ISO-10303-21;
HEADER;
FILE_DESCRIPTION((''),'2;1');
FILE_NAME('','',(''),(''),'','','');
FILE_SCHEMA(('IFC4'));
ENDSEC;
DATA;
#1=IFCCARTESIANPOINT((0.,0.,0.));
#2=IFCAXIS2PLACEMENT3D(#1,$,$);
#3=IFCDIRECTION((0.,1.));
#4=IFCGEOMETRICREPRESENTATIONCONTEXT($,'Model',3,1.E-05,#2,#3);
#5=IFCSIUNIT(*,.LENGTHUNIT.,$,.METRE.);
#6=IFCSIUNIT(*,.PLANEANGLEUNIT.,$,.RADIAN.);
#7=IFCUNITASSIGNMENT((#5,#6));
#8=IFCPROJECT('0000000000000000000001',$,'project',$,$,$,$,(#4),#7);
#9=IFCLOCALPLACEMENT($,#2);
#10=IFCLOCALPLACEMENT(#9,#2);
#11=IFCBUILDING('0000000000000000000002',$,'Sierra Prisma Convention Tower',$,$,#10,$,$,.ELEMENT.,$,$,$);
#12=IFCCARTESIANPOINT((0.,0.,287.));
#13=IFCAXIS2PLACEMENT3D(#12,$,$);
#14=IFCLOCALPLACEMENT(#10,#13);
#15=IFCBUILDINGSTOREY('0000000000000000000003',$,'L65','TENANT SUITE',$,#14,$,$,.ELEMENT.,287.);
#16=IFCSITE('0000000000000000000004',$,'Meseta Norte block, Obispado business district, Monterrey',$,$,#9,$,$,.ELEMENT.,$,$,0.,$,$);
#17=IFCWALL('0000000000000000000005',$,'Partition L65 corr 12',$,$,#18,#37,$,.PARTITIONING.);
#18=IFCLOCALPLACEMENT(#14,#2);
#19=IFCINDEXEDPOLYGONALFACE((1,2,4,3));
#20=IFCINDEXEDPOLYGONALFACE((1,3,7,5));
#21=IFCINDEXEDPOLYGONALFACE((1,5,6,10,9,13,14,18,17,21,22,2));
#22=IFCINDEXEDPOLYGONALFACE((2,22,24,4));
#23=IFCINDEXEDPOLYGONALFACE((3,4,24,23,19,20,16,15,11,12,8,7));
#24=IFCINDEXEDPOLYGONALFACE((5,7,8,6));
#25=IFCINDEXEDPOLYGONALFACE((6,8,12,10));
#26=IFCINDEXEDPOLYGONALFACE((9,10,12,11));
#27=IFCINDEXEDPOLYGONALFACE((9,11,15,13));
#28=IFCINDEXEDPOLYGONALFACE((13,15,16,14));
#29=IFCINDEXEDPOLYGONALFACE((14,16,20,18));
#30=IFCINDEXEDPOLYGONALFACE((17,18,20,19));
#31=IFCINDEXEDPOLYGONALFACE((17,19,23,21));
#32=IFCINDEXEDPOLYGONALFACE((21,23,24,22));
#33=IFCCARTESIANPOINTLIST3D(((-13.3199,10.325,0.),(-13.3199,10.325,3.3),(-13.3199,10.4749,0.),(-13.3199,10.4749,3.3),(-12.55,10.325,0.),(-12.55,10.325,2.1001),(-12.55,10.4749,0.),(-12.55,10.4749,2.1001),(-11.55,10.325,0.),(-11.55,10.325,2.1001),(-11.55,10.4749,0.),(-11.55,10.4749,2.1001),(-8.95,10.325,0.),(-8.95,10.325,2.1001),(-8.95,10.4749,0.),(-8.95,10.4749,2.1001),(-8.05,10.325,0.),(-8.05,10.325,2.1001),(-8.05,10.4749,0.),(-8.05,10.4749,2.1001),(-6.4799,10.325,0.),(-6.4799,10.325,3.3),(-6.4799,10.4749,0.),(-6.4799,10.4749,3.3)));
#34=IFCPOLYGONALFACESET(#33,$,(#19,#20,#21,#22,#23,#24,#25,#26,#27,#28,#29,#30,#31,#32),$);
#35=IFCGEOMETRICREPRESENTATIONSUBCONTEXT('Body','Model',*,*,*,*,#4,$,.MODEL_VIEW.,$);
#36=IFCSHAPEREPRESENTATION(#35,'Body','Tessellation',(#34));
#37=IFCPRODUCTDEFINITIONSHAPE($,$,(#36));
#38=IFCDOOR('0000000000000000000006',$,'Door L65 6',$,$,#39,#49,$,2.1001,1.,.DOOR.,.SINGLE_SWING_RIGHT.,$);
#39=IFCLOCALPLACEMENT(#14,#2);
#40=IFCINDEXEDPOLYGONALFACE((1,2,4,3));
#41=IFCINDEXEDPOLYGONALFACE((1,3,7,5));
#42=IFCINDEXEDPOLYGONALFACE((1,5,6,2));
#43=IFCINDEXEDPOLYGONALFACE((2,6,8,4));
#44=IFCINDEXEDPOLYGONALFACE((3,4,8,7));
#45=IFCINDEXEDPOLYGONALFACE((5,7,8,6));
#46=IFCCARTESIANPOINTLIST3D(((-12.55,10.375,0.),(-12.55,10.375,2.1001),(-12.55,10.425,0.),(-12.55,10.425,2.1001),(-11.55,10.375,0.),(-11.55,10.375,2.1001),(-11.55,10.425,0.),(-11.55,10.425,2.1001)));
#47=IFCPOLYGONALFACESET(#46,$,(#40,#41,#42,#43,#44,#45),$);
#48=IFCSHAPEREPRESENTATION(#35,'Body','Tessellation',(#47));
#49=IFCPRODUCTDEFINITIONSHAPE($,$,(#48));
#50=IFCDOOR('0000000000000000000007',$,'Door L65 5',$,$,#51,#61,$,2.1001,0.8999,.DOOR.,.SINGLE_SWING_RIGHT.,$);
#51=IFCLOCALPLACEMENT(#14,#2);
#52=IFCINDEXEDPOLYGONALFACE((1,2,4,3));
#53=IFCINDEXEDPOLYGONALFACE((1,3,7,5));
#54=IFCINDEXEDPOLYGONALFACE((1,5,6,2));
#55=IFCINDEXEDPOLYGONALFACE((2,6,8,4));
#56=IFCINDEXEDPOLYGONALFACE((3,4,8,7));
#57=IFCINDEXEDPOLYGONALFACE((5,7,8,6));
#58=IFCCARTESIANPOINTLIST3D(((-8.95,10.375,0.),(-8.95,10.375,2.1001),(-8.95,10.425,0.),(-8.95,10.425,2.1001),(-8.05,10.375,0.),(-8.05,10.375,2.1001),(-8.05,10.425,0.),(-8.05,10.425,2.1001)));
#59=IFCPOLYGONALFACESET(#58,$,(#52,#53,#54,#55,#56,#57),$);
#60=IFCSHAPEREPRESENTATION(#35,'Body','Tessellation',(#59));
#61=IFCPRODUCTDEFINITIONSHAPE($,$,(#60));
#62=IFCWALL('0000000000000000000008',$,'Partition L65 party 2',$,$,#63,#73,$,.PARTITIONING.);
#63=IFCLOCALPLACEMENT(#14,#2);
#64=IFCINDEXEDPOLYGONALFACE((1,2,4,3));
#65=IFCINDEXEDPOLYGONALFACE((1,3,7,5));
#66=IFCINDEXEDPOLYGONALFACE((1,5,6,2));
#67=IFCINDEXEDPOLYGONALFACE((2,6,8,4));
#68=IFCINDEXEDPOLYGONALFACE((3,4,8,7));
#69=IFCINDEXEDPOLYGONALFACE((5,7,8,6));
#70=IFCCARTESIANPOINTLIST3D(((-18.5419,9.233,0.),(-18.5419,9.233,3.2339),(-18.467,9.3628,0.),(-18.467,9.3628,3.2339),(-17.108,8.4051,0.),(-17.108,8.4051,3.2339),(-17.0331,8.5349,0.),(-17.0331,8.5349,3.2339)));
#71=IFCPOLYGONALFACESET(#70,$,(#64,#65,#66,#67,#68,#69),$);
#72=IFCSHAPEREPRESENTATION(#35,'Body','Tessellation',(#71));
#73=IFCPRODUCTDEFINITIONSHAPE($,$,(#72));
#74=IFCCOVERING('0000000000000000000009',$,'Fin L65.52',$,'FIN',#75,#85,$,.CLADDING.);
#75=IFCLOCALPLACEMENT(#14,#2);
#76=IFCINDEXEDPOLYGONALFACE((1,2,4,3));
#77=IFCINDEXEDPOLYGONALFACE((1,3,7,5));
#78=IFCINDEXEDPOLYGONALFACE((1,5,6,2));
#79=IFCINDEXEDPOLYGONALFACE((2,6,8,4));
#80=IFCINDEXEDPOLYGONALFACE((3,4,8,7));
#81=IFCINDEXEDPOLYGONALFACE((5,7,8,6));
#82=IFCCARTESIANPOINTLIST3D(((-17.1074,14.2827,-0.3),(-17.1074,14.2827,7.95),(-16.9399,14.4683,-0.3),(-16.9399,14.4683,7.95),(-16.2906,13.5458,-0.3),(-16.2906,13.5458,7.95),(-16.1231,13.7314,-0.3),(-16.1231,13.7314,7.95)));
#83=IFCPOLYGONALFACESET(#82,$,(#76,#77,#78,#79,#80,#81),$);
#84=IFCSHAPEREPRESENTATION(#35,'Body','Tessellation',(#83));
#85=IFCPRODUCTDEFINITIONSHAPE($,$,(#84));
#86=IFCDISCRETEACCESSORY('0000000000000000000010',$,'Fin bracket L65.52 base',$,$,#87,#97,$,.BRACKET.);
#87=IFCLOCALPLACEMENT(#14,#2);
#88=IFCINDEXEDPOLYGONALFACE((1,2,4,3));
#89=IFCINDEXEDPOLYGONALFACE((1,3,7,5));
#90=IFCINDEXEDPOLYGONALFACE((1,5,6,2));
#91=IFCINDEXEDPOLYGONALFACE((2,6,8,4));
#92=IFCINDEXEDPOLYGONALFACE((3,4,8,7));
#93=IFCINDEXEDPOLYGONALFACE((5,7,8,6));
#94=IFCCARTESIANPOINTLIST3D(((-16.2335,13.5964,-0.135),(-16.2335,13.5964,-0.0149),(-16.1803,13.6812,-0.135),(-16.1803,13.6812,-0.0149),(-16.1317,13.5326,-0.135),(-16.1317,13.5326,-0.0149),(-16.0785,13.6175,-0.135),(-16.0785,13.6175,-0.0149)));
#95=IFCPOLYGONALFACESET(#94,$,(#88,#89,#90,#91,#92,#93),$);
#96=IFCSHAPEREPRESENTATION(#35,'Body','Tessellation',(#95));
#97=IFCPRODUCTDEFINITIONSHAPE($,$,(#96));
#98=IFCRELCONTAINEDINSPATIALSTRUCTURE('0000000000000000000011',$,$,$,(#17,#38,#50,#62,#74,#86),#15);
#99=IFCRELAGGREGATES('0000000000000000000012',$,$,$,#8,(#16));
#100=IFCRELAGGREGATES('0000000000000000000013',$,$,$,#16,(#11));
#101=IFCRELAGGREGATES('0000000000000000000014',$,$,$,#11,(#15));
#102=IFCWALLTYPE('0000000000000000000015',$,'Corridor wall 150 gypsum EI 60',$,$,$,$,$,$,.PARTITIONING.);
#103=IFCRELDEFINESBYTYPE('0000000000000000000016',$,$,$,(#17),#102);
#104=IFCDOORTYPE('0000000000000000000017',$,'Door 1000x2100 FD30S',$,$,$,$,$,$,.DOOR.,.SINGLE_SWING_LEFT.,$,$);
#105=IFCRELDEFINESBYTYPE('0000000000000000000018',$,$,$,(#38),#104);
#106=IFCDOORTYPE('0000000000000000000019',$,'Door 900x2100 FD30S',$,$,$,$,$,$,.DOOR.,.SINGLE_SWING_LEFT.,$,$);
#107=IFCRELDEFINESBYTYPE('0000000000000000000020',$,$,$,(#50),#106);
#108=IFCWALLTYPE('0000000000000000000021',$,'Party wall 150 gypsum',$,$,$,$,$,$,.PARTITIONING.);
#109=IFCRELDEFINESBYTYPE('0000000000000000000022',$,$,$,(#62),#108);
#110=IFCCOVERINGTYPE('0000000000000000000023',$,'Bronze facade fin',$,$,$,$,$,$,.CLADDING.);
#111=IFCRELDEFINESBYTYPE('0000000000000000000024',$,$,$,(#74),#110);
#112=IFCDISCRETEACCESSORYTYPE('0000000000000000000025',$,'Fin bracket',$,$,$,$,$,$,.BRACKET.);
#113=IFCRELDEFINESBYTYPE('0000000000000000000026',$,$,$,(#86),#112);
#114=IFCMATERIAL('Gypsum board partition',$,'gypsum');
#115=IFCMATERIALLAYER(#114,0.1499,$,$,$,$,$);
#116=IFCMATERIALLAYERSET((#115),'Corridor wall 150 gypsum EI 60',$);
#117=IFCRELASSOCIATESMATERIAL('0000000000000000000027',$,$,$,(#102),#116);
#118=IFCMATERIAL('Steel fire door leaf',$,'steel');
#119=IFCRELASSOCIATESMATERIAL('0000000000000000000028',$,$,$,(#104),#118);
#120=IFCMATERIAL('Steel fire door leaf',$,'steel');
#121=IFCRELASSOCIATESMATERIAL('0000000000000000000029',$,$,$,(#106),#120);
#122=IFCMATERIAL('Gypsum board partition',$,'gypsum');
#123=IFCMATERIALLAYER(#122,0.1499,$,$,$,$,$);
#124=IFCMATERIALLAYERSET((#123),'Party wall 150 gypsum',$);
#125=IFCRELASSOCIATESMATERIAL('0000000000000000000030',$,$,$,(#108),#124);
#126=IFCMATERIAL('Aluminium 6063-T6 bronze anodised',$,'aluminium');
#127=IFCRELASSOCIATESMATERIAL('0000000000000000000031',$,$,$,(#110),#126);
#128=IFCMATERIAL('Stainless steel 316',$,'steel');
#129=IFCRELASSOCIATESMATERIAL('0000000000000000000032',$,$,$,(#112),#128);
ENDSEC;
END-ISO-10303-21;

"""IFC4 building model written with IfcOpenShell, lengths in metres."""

from ifc_helpers import new_model, si_unit, direction, frame, frame_2d, origin, origin_2d, place, context, subcontext, project, spatial, rectangle, extrude, material, layer, layer_set, material_profile, profile_set, type_object, element, fill, save


model = new_model("IFC4")

# Units and contexts
model_context = context("Model", 3, precision=1e-05, world=origin(), true_north=direction((0.0, 1.0)))
body_context = subcontext(model_context, "Body", "Model", "MODEL_VIEW")
ifc_project = project(units=[si_unit("LENGTHUNIT", "METRE"), si_unit("PLANEANGLEUNIT", "RADIAN")], contexts=[model_context])

# Site, building, storey
site_placement = place(None, origin())
site = spatial("IfcSite", under=ifc_project, at=site_placement, Name="Meseta Norte block, Obispado business district, Monterrey", CompositionType="ELEMENT", RefElevation=0.0)
building_placement = place(site_placement, origin())
building = spatial("IfcBuilding", under=site, at=building_placement, Name="Sierra Prisma Convention Tower", CompositionType="ELEMENT")
storey_placement = place(building_placement, frame((0.0, 0.0, 287.0)))
storey = spatial("IfcBuildingStorey", under=building, at=storey_placement, Name="L65", Description="TENANT SUITE", CompositionType="ELEMENT", Elevation=287.0)

# Shared definitions
ifc_material_1 = material(Name="Gypsum board partition", Category="gypsum")
ifc_layer_1 = layer(ifc_material_1, 0.1499)
ifc_layer_set_1 = layer_set([ifc_layer_1], Name="Corridor wall 150 gypsum EI 60")
wall_type_1 = type_object("IfcWallType", Name="Corridor wall 150 gypsum EI 60", PredefinedType="PARTITIONING", material=ifc_layer_set_1)

# Wall, openings, doors
wall_1_placement = place(storey_placement, frame((-6.48, 10.3999, 0.0), z_axis=(0.0, 0.0, 1.0), x_axis=(-1.0, 0.0, 0.0)))
wall_1 = element("IfcWall", 1, at=wall_1_placement, inside=storey, type_object=wall_type_1, Name="Partition L65 corr 12", PredefinedType="PARTITIONING", context=body_context, shape_type="SweptSolid", body=[
    extrude(rectangle(XDim=6.8401, YDim=0.1499, at=frame_2d((3.4199, 0.0))), origin(), (0.0, 0.0, 1.0), 3.3),
])
opening_1_placement = place(wall_1_placement, frame((1.5701, 0.0, 0.0)))
opening_1 = element("IfcOpeningElement", 2, at=opening_1_placement, cuts=wall_1, PredefinedType="OPENING", context=body_context, shape_type="SweptSolid", body=[
    extrude(rectangle(XDim=0.8999, YDim=2.1001, at=frame_2d((0.45, 1.05))), frame((0.0, 0.075, 0.0), z_axis=(0.0, -1.0, 0.0), x_axis=(1.0, 0.0, 0.0)), (0.0, 0.0, 1.0), 0.1499),
])
opening_2_placement = place(wall_1_placement, frame((5.0701, 0.0, 0.0)))
opening_2 = element("IfcOpeningElement", 3, at=opening_2_placement, cuts=wall_1, PredefinedType="OPENING", context=body_context, shape_type="SweptSolid", body=[
    extrude(rectangle(XDim=1.0, YDim=2.1001, at=frame_2d((0.5, 1.05))), frame((0.0, 0.075, 0.0), z_axis=(0.0, -1.0, 0.0), x_axis=(1.0, 0.0, 0.0)), (0.0, 0.0, 1.0), 0.1499),
])
ifc_material_2 = material(Name="Steel fire door leaf", Category="steel")
door_type_1 = type_object("IfcDoorType", Name="Door 1000x2100 FD30S", OperationType="SINGLE_SWING_LEFT", PredefinedType="DOOR", material=ifc_material_2)
door_1_placement = place(opening_2_placement, origin())
door_1 = element("IfcDoor", 4, at=door_1_placement, inside=storey, type_object=door_type_1, Name="Door L65 6", OperationType="SINGLE_SWING_RIGHT", OverallHeight=2.1001, OverallWidth=1.0, PredefinedType="DOOR", context=body_context, shape_type="SweptSolid", body=[
    extrude(rectangle(XDim=1.0, YDim=2.1001, at=frame_2d((0.5, 1.05))), frame((0.0, 0.0249, 0.0), z_axis=(0.0, -1.0, 0.0), x_axis=(1.0, 0.0, 0.0)), (0.0, 0.0, 1.0), 0.05),
])
fill(opening_2, door_1)
ifc_material_3 = material(Name="Steel fire door leaf", Category="steel")
door_type_2 = type_object("IfcDoorType", Name="Door 900x2100 FD30S", OperationType="SINGLE_SWING_LEFT", PredefinedType="DOOR", material=ifc_material_3)
door_2_placement = place(opening_1_placement, origin())
door_2 = element("IfcDoor", 5, at=door_2_placement, inside=storey, type_object=door_type_2, Name="Door L65 5", OperationType="SINGLE_SWING_RIGHT", OverallHeight=2.1001, OverallWidth=0.8999, PredefinedType="DOOR", context=body_context, shape_type="SweptSolid", body=[
    extrude(rectangle(XDim=0.8999, YDim=2.1001, at=frame_2d((0.45, 1.05))), frame((0.0, 0.0249, 0.0), z_axis=(0.0, -1.0, 0.0), x_axis=(1.0, 0.0, 0.0)), (0.0, 0.0, 1.0), 0.05),
])
fill(opening_1, door_2)

# Wall
ifc_material_4 = material(Name="Gypsum board partition", Category="gypsum")
ifc_layer_2 = layer(ifc_material_4, 0.1499)
ifc_layer_set_2 = layer_set([ifc_layer_2], Name="Party wall 150 gypsum")
wall_type_2 = type_object("IfcWallType", Name="Party wall 150 gypsum", PredefinedType="PARTITIONING", material=ifc_layer_set_2)
wall_2_placement = place(storey_placement, frame((-17.0706, 8.47, 0.0), z_axis=(0.0, 0.0, 1.0), x_axis=(-0.866011, 0.500025, 0.0)))
element("IfcWall", 6, at=wall_2_placement, inside=storey, type_object=wall_type_2, Name="Partition L65 party 2", PredefinedType="PARTITIONING", context=body_context, shape_type="SweptSolid", body=[
    extrude(rectangle(XDim=1.6558, YDim=0.1499, at=frame_2d((0.8279, 0.0))), origin(), (0.0, 0.0, 1.0), 3.2339),
])

# Covering
ifc_material_5 = material(Name="Aluminium 6063-T6 bronze anodised", Category="aluminium")
ifc_material_profile_1 = material_profile(ifc_material_5, rectangle(XDim=1.1001, YDim=0.25, at=origin_2d()), Name="ALU FIN 1100x250")
ifc_profile_set_1 = profile_set([ifc_material_profile_1], Name="Aluminium 6063-T6 bronze anodised")
covering_type = type_object("IfcCoveringType", Name="Bronze facade fin", PredefinedType="CLADDING", material=ifc_profile_set_1)
covering_placement = place(storey_placement, frame((-16.6152, 14.0071, -0.3), z_axis=(0.0, 0.0, 1.0), x_axis=(-0.742488, 0.669859, 0.0)))
element("IfcCovering", 7, at=covering_placement, inside=storey, type_object=covering_type, Name="Fin L65.52", ObjectType="FIN", PredefinedType="CLADDING", context=body_context, shape_type="SweptSolid", body=[
    extrude(rectangle(XDim=1.1001, YDim=0.25, at=origin_2d()), origin(), (0.0, 0.0, 1.0), 8.25),
])

# Discrete accessory
ifc_material_6 = material(Name="Stainless steel 316", Category="steel")
discrete_accessory_type = type_object("IfcDiscreteAccessoryType", Name="Fin bracket", PredefinedType="BRACKET", material=ifc_material_6)
discrete_accessory_placement = place(storey_placement, frame((-16.156, 13.6069, -0.135), z_axis=(0.0, 0.0, 1.0), x_axis=(-0.847528, 0.530751, 0.0)))
element("IfcDiscreteAccessory", 8, at=discrete_accessory_placement, inside=storey, type_object=discrete_accessory_type, Name="Fin bracket L65.52 base", PredefinedType="BRACKET", context=body_context, shape_type="SweptSolid", body=[
    extrude(rectangle(XDim=0.1201, YDim=0.1001, at=origin_2d()), origin(), (0.0, 0.0, 1.0), 0.1201),
])

save(model, "model.ifc")
